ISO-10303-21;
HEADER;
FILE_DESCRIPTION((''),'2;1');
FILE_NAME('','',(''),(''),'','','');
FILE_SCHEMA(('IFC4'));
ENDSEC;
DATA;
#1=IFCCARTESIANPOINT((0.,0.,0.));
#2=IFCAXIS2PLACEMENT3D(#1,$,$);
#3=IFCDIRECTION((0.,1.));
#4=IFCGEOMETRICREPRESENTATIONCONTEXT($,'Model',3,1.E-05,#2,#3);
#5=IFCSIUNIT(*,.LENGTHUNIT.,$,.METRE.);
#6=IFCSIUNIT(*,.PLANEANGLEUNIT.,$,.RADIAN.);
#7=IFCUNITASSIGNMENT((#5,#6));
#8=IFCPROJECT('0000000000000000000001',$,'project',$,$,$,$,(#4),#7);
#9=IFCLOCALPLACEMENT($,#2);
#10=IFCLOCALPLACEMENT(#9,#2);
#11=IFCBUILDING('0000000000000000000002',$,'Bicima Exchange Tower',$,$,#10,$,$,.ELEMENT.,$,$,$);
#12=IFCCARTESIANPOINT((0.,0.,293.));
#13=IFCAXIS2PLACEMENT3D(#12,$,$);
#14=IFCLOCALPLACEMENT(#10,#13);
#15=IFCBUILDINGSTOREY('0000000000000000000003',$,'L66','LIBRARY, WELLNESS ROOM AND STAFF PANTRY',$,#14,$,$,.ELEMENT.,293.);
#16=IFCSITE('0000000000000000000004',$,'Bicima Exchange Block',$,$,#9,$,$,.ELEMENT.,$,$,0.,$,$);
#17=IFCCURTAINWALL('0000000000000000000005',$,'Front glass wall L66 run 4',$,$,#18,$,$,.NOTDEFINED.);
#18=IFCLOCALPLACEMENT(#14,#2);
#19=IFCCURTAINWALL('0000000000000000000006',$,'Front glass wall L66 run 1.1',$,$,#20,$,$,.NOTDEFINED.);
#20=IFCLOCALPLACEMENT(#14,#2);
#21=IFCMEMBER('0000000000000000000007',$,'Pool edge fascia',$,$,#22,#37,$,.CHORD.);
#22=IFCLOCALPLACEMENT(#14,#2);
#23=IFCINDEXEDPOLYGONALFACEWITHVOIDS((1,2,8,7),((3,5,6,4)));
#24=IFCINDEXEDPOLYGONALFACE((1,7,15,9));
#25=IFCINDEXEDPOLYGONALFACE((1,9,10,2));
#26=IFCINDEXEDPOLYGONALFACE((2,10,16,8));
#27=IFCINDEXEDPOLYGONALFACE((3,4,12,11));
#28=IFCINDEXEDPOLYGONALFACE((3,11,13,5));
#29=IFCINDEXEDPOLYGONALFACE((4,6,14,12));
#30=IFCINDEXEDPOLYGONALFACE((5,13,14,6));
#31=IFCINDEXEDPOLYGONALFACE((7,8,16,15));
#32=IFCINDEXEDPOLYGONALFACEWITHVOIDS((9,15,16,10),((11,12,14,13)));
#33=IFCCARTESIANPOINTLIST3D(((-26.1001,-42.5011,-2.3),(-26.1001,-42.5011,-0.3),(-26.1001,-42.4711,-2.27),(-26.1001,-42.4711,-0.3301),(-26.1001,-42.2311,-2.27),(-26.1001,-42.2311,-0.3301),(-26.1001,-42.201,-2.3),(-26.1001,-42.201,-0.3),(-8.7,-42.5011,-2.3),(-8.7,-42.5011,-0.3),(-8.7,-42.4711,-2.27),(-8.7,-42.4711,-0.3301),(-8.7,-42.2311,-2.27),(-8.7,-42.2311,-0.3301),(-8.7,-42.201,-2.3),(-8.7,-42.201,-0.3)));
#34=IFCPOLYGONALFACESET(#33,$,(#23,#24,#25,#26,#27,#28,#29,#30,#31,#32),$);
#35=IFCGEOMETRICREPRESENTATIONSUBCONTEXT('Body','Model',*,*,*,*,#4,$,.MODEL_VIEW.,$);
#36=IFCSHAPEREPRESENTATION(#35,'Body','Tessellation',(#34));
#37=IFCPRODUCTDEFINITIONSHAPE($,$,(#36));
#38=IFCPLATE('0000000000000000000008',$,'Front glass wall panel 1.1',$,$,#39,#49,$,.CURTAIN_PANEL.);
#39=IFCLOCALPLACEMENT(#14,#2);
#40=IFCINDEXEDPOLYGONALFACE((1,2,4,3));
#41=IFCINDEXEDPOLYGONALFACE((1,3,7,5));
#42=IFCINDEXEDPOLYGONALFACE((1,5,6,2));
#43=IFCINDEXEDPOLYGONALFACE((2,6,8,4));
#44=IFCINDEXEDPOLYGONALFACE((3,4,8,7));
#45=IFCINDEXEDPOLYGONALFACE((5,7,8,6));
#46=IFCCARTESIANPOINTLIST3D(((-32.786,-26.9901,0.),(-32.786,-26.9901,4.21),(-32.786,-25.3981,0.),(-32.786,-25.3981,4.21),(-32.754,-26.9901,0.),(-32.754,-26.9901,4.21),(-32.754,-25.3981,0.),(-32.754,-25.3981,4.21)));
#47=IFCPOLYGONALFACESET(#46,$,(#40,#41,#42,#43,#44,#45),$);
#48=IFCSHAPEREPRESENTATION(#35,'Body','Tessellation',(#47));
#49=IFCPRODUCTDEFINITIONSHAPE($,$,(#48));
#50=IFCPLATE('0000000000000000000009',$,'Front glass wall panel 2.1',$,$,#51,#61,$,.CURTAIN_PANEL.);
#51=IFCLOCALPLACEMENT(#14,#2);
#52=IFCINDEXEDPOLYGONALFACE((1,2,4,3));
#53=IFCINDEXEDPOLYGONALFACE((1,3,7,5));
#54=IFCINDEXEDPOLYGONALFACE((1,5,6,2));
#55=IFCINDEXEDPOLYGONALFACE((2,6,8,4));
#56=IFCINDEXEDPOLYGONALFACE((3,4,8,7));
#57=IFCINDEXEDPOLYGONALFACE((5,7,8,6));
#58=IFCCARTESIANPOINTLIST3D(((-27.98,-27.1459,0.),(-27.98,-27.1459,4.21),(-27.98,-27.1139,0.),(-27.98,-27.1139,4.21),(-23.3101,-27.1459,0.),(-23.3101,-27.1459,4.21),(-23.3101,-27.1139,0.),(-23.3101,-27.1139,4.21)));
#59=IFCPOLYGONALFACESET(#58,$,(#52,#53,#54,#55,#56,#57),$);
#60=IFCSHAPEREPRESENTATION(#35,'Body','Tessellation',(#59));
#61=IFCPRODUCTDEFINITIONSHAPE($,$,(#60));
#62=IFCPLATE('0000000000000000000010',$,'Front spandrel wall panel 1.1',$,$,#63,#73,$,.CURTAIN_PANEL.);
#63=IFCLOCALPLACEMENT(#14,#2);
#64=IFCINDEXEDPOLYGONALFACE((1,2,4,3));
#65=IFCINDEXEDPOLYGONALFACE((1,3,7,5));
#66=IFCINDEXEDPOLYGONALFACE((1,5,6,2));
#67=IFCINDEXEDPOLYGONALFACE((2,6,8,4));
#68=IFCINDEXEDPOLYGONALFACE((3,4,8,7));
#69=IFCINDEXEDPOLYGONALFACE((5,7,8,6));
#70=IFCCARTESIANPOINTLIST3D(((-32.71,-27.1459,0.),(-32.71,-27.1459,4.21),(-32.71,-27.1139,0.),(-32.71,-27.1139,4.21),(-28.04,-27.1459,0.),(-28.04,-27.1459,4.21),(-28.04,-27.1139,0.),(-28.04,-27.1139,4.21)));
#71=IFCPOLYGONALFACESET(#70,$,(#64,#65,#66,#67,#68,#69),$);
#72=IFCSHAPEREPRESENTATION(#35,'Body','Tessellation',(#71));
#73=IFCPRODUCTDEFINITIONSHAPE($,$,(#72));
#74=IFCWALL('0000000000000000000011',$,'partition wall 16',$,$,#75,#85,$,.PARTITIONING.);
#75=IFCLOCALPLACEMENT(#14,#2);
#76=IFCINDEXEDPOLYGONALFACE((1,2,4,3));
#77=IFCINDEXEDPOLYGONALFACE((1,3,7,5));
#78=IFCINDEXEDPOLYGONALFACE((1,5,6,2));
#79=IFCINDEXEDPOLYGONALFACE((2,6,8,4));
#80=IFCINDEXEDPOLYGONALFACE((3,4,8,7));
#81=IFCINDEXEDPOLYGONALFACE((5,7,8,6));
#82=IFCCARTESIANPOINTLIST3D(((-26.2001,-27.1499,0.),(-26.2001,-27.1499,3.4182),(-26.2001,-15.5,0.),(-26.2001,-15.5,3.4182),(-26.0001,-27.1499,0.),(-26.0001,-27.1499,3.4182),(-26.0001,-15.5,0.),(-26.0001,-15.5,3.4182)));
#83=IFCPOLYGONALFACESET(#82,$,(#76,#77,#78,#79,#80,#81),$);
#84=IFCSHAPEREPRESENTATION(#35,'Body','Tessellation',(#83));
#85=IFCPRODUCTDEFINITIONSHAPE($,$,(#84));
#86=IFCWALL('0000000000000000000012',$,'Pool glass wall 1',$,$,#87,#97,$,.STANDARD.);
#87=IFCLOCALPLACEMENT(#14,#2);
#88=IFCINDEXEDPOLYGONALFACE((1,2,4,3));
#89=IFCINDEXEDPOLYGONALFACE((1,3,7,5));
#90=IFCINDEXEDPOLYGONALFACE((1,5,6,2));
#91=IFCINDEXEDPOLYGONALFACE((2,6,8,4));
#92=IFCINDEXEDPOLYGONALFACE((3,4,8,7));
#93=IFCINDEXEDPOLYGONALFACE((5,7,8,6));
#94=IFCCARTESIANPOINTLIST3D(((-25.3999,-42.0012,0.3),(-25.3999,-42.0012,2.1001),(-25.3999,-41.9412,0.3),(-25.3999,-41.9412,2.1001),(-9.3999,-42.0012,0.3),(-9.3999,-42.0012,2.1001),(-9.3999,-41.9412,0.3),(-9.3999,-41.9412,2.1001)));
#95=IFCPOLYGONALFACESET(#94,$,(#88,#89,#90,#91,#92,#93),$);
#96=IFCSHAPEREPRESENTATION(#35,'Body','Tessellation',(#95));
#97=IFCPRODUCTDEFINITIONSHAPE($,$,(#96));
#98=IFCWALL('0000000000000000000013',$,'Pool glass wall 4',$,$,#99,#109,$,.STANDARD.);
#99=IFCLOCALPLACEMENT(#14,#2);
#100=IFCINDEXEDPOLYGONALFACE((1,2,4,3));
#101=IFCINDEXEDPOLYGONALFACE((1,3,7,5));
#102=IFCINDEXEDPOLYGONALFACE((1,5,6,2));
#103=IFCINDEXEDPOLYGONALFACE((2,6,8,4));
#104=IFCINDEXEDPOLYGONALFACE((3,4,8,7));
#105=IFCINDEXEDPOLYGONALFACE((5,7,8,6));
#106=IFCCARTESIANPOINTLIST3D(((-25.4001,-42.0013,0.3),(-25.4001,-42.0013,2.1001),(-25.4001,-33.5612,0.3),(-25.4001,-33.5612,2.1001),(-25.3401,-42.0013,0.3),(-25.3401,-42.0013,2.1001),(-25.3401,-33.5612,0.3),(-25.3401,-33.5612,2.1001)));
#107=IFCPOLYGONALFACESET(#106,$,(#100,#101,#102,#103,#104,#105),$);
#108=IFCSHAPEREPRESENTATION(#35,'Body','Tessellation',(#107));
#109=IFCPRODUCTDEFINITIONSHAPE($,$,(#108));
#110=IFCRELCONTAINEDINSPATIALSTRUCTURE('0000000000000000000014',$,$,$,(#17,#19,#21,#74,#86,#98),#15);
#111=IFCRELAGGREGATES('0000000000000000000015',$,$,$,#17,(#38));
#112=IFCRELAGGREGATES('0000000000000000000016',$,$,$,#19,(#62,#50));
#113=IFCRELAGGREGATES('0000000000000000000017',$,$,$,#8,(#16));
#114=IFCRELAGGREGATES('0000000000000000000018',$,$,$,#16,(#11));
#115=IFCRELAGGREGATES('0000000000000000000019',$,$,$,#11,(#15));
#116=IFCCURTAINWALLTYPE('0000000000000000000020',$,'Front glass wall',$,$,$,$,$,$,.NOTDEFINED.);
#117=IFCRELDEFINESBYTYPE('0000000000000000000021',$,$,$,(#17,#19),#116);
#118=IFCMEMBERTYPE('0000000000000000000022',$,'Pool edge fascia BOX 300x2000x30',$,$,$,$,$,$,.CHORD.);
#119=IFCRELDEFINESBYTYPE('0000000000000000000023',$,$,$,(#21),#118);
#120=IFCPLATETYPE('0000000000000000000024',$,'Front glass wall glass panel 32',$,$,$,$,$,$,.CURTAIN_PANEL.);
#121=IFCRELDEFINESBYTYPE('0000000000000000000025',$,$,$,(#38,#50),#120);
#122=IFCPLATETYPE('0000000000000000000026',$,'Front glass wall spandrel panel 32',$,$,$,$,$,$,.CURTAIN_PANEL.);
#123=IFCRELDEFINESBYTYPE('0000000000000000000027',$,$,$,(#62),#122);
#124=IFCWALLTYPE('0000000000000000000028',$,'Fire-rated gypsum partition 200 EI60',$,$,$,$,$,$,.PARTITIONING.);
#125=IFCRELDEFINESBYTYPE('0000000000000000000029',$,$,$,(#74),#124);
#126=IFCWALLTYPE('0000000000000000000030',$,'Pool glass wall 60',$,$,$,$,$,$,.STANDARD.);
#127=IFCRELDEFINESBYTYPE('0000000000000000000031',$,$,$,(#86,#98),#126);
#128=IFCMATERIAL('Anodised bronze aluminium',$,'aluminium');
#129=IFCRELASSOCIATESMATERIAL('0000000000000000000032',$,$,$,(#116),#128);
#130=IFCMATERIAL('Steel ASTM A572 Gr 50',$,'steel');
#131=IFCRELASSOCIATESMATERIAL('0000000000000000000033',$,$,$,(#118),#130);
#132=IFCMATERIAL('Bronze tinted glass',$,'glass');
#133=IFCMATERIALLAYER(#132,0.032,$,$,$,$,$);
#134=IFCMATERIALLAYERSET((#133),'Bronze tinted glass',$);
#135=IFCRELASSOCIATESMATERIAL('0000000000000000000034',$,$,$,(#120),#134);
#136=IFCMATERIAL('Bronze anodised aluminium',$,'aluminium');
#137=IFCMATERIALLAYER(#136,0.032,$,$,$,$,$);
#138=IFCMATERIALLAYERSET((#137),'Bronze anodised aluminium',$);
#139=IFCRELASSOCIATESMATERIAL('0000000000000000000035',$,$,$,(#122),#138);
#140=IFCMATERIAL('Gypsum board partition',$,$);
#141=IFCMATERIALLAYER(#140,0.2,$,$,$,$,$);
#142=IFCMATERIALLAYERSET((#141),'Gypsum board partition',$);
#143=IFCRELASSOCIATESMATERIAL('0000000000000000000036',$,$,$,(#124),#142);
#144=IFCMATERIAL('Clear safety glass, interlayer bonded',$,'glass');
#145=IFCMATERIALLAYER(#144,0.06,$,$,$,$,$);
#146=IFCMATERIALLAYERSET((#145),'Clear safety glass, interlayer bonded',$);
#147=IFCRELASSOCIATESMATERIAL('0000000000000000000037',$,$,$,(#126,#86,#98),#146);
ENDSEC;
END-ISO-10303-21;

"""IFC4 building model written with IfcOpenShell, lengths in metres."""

from ifc_helpers import new_model, si_unit, direction, frame, frame_2d, origin, origin_2d, place, context, subcontext, project, spatial, rectangle, hollow_rectangle, extrude, material, layer, layer_set, layer_usage, material_profile, profile_set, type_object, element, aggregate, save


model = new_model("IFC4")

# Units and contexts
model_context = context("Model", 3, precision=1e-05, world=origin(), true_north=direction((0.0, 1.0)))
body_context = subcontext(model_context, "Body", "Model", "MODEL_VIEW")
ifc_project = project(units=[si_unit("LENGTHUNIT", "METRE"), si_unit("PLANEANGLEUNIT", "RADIAN")], contexts=[model_context])

# Site, building, storey
site_placement = place(None, origin())
site = spatial("IfcSite", under=ifc_project, at=site_placement, Name="Bicima Exchange Block", CompositionType="ELEMENT", RefElevation=0.0)
building_placement = place(site_placement, origin())
building = spatial("IfcBuilding", under=site, at=building_placement, Name="Bicima Exchange Tower", CompositionType="ELEMENT")
storey_placement = place(building_placement, frame((0.0, 0.0, 293.0)))
storey = spatial("IfcBuildingStorey", under=building, at=storey_placement, Name="L66", Description="LIBRARY, WELLNESS ROOM AND STAFF PANTRY", CompositionType="ELEMENT", Elevation=293.0)

# Curtain wall
ifc_material_1 = material(Name="Anodised bronze aluminium", Category="aluminium")
curtain_wall_type = type_object("IfcCurtainWallType", Name="Front glass wall", PredefinedType="NOTDEFINED", material=ifc_material_1)
curtain_wall_1_placement = place(storey_placement, origin())
curtain_wall_1 = element("IfcCurtainWall", 1, at=curtain_wall_1_placement, inside=storey, type_object=curtain_wall_type, Name="Front glass wall L66 run 4", PredefinedType="NOTDEFINED")

# Curtain wall
curtain_wall_2_placement = place(storey_placement, origin())
curtain_wall_2 = element("IfcCurtainWall", 2, at=curtain_wall_2_placement, inside=storey, type_object=curtain_wall_type, Name="Front glass wall L66 run 1.1", PredefinedType="NOTDEFINED")

# Member
ifc_material_2 = material(Name="Steel ASTM A572 Gr 50", Category="steel")
ifc_material_profile_1 = material_profile(ifc_material_2, hollow_rectangle(XDim=0.3, YDim=2.0, WallThickness=0.03, at=origin_2d()))
ifc_profile_set_1 = profile_set([ifc_material_profile_1], Name="Steel ASTM A572 Gr 50")
member_type_1 = type_object("IfcMemberType", Name="Pool edge fascia BOX 300x2000x30", PredefinedType="CHORD", material=ifc_profile_set_1)
member_1_placement = place(storey_placement, frame((-26.1001, -42.3511, -1.3), z_axis=(1.0, 0.0, 0.0), x_axis=(0.0, 1.0, 0.0)))
element("IfcMember", 3, at=member_1_placement, inside=storey, type_object=member_type_1, Name="Pool edge fascia", PredefinedType="CHORD", context=body_context, shape_type="SweptSolid", body=[
    extrude(hollow_rectangle(XDim=0.3, YDim=2.0, WallThickness=0.03, at=origin_2d()), origin(), (0.0, 0.0, 1.0), 17.4001),
])

# Plates
ifc_material_3 = material(Name="Bronze tinted glass", Category="glass")
ifc_layer_1 = layer(ifc_material_3, 0.032)
ifc_layer_set_1 = layer_set([ifc_layer_1], Name="Bronze tinted glass")
plate_type_1 = type_object("IfcPlateType", Name="Front glass wall glass panel 32", PredefinedType="CURTAIN_PANEL", material=ifc_layer_set_1)
plate_1_placement = place(storey_placement, frame((-32.77, -26.1941, 0.0), z_axis=(0.0, 0.0, 1.0), x_axis=(0.0, -1.0, 0.0)))
plate_1 = element("IfcPlate", 4, at=plate_1_placement, type_object=plate_type_1, Name="Front glass wall panel 1.1", PredefinedType="CURTAIN_PANEL", context=body_context, shape_type="SweptSolid", body=[
    extrude(rectangle(XDim=1.592, YDim=0.032, at=origin_2d()), origin(), (0.0, 0.0, 1.0), 4.21),
])
aggregate(curtain_wall_1, [plate_1])
plate_2_placement = place(storey_placement, frame((-25.645, -27.1299, 0.0), z_axis=(0.0, 0.0, 1.0), x_axis=(1.0, 0.0, 0.0)))
plate_2 = element("IfcPlate", 5, at=plate_2_placement, type_object=plate_type_1, Name="Front glass wall panel 2.1", PredefinedType="CURTAIN_PANEL", context=body_context, shape_type="SweptSolid", body=[
    extrude(rectangle(XDim=4.6699, YDim=0.032, at=origin_2d()), origin(), (0.0, 0.0, 1.0), 4.21),
])
ifc_material_4 = material(Name="Bronze anodised aluminium", Category="aluminium")
ifc_layer_2 = layer(ifc_material_4, 0.032)
ifc_layer_set_2 = layer_set([ifc_layer_2], Name="Bronze anodised aluminium")
plate_type_2 = type_object("IfcPlateType", Name="Front glass wall spandrel panel 32", PredefinedType="CURTAIN_PANEL", material=ifc_layer_set_2)
plate_3_placement = place(storey_placement, frame((-30.375, -27.1299, 0.0), z_axis=(0.0, 0.0, 1.0), x_axis=(1.0, 0.0, 0.0)))
plate_3 = element("IfcPlate", 6, at=plate_3_placement, type_object=plate_type_2, Name="Front spandrel wall panel 1.1", PredefinedType="CURTAIN_PANEL", context=body_context, shape_type="SweptSolid", body=[
    extrude(rectangle(XDim=4.6699, YDim=0.032, at=origin_2d()), origin(), (0.0, 0.0, 1.0), 4.21),
])
aggregate(curtain_wall_2, [plate_3, plate_2])

# Walls
ifc_material_5 = material(Name="Gypsum board partition")
ifc_layer_3 = layer(ifc_material_5, 0.2)
ifc_layer_set_3 = layer_set([ifc_layer_3], Name="Gypsum board partition")
wall_type_1 = type_object("IfcWallType", Name="Fire-rated gypsum partition 200 EI60", PredefinedType="PARTITIONING", material=ifc_layer_set_3)
wall_1_placement = place(storey_placement, frame((-26.1001, -27.1499, 0.0), z_axis=(0.0, 0.0, 1.0), x_axis=(0.0, 1.0, 0.0)))
element("IfcWall", 7, at=wall_1_placement, inside=storey, type_object=wall_type_1, Name="partition wall 16", PredefinedType="PARTITIONING", context=body_context, shape_type="SweptSolid", body=[
    extrude(rectangle(XDim=11.6499, YDim=0.2, at=frame_2d((5.825, 0.0))), origin(), (0.0, 0.0, 1.0), 3.4182),
])
ifc_material_6 = material(Name="Clear safety glass, interlayer bonded", Category="glass")
ifc_layer_4 = layer(ifc_material_6, 0.06)
ifc_layer_set_4 = layer_set([ifc_layer_4], Name="Clear safety glass, interlayer bonded")
ifc_layer_usage = layer_usage(ifc_layer_set_4, "AXIS2", "POSITIVE", -0.03)
wall_type_2 = type_object("IfcWallType", Name="Pool glass wall 60", PredefinedType="STANDARD", material=ifc_layer_set_4)
wall_2_placement = place(storey_placement, frame((-25.3999, -41.9712, 0.3), z_axis=(0.0, 0.0, 1.0), x_axis=(1.0, 0.0, 0.0)))
element("IfcWall", 8, at=wall_2_placement, inside=storey, type_object=wall_type_2, material=ifc_layer_usage, Name="Pool glass wall 1", PredefinedType="STANDARD", context=body_context, shape_type="SweptSolid", body=[
    extrude(rectangle(XDim=16.0, YDim=0.0601, at=frame_2d((8.0, 0.0))), origin(), (0.0, 0.0, 1.0), 1.8),
])
wall_3_placement = place(storey_placement, frame((-25.3701, -33.561, 0.3), z_axis=(0.0, 0.0, 1.0), x_axis=(0.0, -1.0, 0.0)))
element("IfcWall", 9, at=wall_3_placement, inside=storey, type_object=wall_type_2, material=ifc_layer_usage, Name="Pool glass wall 4", PredefinedType="STANDARD", context=body_context, shape_type="SweptSolid", body=[
    extrude(rectangle(XDim=8.4402, YDim=0.0601, at=frame_2d((4.2202, 0.0))), origin(), (0.0, 0.0, 1.0), 1.8),
])

save(model, "model.ifc")
